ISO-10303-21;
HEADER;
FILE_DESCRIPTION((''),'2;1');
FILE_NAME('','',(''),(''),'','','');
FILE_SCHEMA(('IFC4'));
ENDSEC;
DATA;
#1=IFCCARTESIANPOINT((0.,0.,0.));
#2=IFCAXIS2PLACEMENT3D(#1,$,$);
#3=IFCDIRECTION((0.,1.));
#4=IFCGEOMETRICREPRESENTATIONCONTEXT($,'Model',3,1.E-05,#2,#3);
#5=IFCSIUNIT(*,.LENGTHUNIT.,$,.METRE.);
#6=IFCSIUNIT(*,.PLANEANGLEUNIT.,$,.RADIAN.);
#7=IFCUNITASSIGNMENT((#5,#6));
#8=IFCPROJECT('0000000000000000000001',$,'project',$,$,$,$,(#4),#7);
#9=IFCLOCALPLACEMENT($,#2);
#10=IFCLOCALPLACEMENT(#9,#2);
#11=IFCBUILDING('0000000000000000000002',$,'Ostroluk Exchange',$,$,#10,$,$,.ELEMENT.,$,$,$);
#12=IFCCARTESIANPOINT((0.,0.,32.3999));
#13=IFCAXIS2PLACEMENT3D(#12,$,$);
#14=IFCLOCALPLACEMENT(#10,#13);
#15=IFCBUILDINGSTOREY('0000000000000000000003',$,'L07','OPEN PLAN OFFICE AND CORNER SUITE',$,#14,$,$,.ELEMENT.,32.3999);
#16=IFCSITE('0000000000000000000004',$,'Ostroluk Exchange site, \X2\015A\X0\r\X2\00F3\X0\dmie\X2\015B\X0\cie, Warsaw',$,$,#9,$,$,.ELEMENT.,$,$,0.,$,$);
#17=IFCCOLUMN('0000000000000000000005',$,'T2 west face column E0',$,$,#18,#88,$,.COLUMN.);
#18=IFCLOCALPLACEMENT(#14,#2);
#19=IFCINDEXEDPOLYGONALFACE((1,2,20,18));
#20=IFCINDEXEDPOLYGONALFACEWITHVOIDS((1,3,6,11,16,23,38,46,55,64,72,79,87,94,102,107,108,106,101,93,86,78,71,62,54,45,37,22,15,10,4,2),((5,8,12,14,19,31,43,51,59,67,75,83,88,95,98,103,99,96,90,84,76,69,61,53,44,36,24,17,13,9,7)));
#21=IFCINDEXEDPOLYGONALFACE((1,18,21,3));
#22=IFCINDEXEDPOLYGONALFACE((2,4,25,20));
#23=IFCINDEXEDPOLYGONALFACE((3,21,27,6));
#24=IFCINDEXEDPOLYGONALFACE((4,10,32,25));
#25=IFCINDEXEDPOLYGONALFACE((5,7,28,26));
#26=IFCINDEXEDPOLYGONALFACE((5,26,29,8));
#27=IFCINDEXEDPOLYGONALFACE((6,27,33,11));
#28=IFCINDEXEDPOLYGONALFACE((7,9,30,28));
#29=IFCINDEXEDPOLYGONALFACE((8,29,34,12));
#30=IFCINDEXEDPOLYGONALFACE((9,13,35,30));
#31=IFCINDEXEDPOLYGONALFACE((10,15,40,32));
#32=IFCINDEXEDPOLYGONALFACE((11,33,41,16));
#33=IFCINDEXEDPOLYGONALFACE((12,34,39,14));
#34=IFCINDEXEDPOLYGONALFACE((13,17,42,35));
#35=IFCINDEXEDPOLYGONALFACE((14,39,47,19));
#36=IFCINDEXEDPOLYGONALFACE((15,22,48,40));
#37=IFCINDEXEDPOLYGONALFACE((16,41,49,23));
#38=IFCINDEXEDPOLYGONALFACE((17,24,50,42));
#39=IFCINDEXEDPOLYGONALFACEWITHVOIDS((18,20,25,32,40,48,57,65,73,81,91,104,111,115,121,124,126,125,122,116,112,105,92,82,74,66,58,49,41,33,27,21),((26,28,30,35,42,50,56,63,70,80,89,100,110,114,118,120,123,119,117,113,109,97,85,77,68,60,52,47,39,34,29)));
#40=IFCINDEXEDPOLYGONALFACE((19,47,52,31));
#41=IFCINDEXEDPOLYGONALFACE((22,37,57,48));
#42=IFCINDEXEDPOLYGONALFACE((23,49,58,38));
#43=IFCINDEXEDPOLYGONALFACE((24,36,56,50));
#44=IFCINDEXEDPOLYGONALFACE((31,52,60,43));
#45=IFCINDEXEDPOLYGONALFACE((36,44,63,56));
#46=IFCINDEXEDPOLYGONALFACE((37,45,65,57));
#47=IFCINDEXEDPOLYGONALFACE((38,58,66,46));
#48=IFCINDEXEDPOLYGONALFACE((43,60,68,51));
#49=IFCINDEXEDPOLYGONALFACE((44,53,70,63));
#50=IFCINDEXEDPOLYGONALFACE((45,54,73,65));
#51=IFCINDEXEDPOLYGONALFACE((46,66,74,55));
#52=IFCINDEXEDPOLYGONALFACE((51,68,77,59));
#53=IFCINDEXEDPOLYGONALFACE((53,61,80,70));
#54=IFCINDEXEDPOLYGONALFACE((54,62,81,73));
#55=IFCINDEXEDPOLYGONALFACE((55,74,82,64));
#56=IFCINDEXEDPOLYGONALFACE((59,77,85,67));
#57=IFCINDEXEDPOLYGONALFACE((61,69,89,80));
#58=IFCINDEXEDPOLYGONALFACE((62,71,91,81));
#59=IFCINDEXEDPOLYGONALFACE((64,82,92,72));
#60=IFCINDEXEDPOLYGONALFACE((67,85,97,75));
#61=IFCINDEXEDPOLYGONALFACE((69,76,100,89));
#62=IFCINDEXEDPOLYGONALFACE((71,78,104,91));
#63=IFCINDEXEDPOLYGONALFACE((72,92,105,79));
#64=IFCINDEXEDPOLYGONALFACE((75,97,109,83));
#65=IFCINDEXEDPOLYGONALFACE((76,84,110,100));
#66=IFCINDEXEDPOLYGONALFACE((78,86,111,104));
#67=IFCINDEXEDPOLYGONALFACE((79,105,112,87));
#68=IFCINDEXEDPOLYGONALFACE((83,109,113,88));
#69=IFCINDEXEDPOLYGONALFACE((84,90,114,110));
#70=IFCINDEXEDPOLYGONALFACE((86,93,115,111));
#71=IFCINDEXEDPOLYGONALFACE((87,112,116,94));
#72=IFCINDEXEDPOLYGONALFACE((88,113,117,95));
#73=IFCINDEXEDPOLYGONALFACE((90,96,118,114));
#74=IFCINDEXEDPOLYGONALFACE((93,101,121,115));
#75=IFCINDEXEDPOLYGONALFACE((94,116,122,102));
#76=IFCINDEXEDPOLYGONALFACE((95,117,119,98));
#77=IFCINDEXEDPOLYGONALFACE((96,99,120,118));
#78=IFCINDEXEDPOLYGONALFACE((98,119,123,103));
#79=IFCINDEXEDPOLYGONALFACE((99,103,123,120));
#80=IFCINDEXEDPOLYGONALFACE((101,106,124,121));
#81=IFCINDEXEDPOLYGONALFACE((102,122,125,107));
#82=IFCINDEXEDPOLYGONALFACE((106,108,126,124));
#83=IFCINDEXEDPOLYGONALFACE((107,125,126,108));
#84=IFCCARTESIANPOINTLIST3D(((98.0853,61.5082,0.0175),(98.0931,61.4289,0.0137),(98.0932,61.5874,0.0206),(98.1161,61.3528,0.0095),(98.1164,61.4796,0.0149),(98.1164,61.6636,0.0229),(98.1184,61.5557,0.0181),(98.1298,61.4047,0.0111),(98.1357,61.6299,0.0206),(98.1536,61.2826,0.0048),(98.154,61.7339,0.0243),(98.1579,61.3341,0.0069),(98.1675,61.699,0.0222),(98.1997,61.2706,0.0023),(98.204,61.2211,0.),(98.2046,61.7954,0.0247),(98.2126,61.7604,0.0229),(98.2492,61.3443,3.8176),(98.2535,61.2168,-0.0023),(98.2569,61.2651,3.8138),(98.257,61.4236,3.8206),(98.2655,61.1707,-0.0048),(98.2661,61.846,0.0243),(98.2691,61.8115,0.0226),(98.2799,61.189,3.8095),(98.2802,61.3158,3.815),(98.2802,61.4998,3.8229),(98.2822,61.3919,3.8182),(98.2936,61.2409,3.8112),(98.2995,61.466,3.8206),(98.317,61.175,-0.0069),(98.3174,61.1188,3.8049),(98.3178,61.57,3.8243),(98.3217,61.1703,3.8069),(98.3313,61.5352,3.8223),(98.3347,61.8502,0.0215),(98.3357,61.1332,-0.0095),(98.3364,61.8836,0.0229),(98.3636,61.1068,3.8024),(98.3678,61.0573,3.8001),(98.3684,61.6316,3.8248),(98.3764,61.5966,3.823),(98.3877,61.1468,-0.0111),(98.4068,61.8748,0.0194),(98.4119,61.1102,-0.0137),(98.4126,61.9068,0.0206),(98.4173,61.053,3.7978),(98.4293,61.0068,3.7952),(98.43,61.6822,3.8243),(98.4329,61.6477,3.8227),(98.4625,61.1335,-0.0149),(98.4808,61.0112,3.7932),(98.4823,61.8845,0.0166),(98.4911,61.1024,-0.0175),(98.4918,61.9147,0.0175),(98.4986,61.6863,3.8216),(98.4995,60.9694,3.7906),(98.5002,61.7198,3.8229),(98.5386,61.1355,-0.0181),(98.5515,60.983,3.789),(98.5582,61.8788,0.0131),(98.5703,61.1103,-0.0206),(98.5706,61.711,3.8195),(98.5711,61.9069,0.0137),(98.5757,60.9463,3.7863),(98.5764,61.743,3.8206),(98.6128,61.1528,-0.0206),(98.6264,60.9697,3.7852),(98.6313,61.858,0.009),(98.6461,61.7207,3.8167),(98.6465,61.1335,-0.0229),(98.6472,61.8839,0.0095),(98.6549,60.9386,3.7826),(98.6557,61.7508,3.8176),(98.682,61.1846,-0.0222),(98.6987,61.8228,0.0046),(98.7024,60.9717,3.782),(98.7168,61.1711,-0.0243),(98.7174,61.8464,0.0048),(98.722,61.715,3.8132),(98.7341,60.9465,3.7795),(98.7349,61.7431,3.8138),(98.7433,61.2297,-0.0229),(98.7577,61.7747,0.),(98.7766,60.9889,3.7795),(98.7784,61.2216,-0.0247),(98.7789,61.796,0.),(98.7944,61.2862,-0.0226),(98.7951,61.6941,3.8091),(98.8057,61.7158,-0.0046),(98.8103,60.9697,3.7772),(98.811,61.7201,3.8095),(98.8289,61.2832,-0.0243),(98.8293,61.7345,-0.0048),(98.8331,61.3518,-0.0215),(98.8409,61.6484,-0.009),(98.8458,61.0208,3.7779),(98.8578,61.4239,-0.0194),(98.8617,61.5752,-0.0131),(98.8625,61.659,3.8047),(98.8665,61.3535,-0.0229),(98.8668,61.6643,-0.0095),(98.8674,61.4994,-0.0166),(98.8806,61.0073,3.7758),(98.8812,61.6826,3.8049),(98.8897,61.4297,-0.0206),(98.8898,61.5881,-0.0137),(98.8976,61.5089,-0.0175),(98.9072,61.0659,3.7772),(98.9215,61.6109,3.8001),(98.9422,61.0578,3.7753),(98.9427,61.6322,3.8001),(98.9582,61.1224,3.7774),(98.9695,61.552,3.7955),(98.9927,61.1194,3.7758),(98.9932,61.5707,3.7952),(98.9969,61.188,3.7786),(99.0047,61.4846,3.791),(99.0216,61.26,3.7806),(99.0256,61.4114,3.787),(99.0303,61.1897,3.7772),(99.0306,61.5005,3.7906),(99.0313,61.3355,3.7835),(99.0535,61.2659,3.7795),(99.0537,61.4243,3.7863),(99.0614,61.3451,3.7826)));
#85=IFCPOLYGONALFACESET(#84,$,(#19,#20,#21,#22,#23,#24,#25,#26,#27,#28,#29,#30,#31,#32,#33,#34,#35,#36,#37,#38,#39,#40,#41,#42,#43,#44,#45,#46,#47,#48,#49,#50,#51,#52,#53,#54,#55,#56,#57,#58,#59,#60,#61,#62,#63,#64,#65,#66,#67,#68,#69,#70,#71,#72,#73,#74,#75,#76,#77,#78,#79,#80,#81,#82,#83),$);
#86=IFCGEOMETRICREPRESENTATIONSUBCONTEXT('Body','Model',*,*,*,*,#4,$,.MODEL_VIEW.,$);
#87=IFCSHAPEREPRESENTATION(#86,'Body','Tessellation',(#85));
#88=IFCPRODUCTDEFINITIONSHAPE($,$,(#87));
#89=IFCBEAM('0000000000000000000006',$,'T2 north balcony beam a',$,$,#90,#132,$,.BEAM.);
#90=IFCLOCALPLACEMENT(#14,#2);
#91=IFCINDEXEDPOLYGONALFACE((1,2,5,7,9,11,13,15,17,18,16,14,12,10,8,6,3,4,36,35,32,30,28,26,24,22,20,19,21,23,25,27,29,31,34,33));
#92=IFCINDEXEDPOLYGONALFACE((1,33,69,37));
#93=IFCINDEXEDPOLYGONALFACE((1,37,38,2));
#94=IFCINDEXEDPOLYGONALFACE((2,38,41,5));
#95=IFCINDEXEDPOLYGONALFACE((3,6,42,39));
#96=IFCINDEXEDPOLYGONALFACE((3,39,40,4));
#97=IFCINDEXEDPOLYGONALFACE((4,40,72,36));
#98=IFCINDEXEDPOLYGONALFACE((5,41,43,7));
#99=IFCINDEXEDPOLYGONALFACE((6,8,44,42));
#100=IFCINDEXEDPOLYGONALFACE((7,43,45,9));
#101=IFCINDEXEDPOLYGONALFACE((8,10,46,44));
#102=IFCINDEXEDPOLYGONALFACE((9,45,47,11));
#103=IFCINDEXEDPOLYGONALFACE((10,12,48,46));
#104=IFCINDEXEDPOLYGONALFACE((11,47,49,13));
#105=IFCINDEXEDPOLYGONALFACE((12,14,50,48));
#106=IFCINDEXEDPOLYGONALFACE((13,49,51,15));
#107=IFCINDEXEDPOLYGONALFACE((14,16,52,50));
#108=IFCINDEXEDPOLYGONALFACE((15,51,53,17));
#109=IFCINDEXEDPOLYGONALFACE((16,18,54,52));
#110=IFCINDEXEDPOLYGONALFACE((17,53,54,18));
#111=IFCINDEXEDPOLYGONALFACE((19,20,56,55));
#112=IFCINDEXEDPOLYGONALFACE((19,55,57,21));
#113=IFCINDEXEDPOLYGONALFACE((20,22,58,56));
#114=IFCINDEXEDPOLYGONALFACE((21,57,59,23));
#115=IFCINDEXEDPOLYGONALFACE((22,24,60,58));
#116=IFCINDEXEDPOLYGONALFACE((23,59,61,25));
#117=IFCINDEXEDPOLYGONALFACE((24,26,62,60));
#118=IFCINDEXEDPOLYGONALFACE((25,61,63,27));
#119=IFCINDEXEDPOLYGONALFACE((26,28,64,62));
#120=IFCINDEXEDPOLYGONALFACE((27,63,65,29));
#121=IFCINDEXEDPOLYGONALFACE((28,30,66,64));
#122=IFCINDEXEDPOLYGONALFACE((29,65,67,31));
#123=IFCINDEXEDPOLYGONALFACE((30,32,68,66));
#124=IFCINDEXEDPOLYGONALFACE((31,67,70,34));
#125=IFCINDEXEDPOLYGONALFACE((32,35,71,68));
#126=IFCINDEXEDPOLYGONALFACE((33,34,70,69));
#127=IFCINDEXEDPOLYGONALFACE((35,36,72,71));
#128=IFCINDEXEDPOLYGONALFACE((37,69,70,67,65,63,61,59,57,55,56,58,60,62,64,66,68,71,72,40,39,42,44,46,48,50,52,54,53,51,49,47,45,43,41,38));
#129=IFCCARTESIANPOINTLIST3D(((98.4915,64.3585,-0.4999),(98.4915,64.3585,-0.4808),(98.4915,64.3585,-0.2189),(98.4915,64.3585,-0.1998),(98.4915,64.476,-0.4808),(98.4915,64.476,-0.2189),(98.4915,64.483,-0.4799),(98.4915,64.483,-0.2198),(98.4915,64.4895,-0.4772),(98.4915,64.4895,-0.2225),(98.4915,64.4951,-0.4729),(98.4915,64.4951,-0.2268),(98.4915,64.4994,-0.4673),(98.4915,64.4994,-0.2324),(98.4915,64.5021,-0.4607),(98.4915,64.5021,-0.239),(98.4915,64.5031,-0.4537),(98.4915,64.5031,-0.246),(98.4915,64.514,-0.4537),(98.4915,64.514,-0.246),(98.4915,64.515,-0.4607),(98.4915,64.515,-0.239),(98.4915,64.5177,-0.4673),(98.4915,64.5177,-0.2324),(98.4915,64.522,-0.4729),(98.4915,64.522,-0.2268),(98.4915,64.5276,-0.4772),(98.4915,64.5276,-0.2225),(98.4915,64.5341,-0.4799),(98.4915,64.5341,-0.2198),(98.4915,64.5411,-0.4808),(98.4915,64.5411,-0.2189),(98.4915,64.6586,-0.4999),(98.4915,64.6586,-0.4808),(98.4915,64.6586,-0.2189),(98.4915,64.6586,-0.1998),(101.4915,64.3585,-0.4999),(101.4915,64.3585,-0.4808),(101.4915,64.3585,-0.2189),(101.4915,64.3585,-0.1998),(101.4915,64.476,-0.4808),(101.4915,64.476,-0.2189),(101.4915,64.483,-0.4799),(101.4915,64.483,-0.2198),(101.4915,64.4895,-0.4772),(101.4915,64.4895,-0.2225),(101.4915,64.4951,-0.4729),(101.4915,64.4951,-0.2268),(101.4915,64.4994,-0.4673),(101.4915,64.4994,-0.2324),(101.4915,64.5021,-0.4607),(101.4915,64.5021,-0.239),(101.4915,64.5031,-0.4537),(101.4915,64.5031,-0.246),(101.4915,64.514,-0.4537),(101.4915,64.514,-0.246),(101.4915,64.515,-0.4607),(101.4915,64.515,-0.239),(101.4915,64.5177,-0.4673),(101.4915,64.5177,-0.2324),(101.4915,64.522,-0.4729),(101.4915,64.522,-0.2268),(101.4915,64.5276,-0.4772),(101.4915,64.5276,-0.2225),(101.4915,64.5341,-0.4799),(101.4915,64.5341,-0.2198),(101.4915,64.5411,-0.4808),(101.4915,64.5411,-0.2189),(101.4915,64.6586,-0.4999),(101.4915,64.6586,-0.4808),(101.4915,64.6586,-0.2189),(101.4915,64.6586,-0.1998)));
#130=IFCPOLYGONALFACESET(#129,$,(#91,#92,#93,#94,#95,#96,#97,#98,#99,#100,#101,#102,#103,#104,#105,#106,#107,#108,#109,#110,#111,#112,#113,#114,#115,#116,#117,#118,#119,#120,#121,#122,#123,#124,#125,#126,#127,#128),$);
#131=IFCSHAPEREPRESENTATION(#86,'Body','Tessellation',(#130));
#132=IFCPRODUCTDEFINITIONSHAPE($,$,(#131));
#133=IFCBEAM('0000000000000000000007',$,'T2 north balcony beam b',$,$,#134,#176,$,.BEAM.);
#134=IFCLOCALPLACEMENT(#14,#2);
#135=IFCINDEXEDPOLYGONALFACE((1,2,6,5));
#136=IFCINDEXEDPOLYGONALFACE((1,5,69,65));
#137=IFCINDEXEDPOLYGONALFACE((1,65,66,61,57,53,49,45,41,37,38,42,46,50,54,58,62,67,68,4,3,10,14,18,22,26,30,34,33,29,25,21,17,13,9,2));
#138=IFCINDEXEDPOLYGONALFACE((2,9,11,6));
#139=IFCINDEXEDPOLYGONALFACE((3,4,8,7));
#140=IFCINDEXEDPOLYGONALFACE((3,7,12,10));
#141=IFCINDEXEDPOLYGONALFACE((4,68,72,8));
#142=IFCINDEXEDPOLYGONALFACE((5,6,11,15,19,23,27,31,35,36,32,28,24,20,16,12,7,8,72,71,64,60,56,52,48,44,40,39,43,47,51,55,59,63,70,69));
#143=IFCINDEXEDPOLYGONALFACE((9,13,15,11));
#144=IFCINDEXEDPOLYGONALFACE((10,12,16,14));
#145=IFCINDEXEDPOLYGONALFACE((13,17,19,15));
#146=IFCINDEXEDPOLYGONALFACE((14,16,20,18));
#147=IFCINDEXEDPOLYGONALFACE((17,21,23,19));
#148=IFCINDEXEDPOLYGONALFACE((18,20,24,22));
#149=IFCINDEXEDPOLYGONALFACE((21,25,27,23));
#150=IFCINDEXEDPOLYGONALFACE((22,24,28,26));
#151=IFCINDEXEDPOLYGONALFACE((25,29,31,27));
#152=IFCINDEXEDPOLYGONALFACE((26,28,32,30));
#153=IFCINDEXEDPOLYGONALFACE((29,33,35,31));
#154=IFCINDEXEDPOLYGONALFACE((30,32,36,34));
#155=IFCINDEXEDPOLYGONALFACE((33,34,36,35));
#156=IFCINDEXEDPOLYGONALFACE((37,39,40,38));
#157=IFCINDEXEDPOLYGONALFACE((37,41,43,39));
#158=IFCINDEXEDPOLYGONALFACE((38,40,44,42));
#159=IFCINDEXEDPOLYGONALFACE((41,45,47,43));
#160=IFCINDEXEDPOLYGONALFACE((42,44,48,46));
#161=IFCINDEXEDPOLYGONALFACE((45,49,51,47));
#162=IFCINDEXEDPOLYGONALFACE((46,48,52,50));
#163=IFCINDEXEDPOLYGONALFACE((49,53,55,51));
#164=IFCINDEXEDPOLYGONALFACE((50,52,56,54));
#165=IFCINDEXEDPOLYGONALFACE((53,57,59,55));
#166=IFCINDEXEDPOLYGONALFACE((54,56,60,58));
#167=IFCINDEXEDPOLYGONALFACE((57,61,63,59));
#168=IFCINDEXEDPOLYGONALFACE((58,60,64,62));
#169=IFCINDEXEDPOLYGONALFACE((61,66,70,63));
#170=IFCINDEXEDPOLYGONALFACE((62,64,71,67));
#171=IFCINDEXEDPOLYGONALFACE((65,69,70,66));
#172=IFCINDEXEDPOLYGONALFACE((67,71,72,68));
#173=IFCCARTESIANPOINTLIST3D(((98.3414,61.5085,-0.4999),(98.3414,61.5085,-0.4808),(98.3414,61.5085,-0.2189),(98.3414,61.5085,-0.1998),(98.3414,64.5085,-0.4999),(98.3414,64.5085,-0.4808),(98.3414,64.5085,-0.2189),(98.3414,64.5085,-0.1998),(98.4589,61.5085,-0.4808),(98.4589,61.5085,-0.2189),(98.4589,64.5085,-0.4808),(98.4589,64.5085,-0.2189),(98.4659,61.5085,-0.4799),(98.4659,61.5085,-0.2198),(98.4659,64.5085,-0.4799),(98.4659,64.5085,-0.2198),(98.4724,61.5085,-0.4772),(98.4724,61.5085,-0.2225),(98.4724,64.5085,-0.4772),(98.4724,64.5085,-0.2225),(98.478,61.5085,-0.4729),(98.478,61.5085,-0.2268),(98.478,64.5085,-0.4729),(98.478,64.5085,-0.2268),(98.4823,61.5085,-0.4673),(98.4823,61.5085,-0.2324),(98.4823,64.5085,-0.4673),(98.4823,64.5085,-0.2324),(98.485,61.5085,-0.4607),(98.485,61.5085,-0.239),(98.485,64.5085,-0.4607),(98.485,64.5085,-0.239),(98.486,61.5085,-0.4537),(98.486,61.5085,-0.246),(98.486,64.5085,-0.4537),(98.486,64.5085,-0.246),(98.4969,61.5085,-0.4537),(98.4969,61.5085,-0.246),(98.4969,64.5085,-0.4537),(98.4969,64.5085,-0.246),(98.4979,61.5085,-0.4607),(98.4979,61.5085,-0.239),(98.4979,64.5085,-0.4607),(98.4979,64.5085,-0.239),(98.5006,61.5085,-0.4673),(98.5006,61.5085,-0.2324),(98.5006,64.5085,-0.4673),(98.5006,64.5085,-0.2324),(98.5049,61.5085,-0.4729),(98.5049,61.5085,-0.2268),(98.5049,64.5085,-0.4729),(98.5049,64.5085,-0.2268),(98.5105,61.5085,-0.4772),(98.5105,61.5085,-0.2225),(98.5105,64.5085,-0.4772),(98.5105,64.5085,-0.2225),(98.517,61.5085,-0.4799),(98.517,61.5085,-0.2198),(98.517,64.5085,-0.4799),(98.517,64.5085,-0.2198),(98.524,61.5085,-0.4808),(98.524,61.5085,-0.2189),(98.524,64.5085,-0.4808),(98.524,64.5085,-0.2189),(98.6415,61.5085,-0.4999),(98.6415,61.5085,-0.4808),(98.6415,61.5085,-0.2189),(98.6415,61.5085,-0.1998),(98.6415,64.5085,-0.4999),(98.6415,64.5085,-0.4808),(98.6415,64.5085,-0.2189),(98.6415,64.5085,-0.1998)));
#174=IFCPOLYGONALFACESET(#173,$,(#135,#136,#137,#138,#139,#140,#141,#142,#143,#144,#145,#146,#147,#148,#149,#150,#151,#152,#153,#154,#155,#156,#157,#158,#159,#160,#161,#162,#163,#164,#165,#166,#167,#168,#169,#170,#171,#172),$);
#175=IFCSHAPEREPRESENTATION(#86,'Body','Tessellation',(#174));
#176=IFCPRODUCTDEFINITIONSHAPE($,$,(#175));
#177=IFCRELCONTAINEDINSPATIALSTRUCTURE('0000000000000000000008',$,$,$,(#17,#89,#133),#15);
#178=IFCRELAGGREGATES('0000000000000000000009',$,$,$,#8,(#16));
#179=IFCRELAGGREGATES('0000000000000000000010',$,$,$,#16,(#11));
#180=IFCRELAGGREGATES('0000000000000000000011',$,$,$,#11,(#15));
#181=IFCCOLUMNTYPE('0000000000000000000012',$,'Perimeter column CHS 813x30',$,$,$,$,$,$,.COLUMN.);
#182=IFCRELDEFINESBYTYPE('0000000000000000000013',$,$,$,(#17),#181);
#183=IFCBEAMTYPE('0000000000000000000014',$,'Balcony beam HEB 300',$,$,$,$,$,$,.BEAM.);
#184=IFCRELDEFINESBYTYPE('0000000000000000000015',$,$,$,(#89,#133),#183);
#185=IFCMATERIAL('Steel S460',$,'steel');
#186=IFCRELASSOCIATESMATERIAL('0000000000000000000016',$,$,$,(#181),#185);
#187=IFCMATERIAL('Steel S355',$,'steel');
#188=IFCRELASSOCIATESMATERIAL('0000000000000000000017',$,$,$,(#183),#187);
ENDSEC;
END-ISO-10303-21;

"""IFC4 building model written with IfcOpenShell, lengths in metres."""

from ifc_helpers import new_model, si_unit, direction, frame, origin, origin_2d, place, context, subcontext, project, spatial, hollow_circle, i_section, extrude, material, material_profile, profile_set, type_object, element, save


model = new_model("IFC4")

# Units and contexts
model_context = context("Model", 3, precision=1e-05, world=origin(), true_north=direction((0.0, 1.0)))
body_context = subcontext(model_context, "Body", "Model", "MODEL_VIEW")
ifc_project = project(units=[si_unit("LENGTHUNIT", "METRE"), si_unit("PLANEANGLEUNIT", "RADIAN")], contexts=[model_context])

# Site, building, storey
site_placement = place(None, origin())
site = spatial("IfcSite", under=ifc_project, at=site_placement, Name="Ostroluk Exchange site, Śródmieście, Warsaw", CompositionType="ELEMENT", RefElevation=0.0)
building_placement = place(site_placement, origin())
building = spatial("IfcBuilding", under=site, at=building_placement, Name="Ostroluk Exchange", CompositionType="ELEMENT")
storey_placement = place(building_placement, frame((0.0, 0.0, 32.3999)))
storey = spatial("IfcBuildingStorey", under=building, at=storey_placement, Name="L07", Description="OPEN PLAN OFFICE AND CORNER SUITE", CompositionType="ELEMENT", Elevation=32.3999)

# Column
ifc_material_1 = material(Name="Steel S460", Category="steel")
ifc_material_profile_1 = material_profile(ifc_material_1, hollow_circle(Radius=0.4065, WallThickness=0.03, at=origin_2d()), Name="CHS 813x30")
ifc_profile_set_1 = profile_set([ifc_material_profile_1], Name="Steel S460")
column_type_1 = type_object("IfcColumnType", Name="Perimeter column CHS 813x30", PredefinedType="COLUMN", material=ifc_profile_set_1)
column_1_placement = place(storey_placement, frame((98.4915, 61.5085, 0.0), z_axis=(0.04303, -0.04303, 0.998147), x_axis=(0.707107, 0.707107, 0.0)))
element("IfcColumn", 1, at=column_1_placement, inside=storey, type_object=column_type_1, Name="T2 west face column E0", PredefinedType="COLUMN", context=body_context, shape_type="SweptSolid", body=[
    extrude(hollow_circle(Radius=0.4065, WallThickness=0.03, at=origin_2d()), origin(), (0.0, 0.0, 1.0), 3.8071),
])

# Beams
ifc_material_2 = material(Name="Steel S355", Category="steel")
ifc_material_profile_2 = material_profile(ifc_material_2, i_section(OverallWidth=0.3, OverallDepth=0.3, WebThickness=0.011, FlangeThickness=0.019, FilletRadius=0.0271, at=origin_2d()), Name="HEB 300")
ifc_profile_set_2 = profile_set([ifc_material_profile_2], Name="Steel S355")
beam_type_1 = type_object("IfcBeamType", Name="Balcony beam HEB 300", PredefinedType="BEAM", material=ifc_profile_set_2)
for number, where, z_axis, x_axis, name in (
    (2, (101.4915, 64.5085, -0.3499), (-1.0, 0.0, 0.0), (0.0, -1.0, 0.0), "T2 north balcony beam a"),
    (3, (98.4915, 61.5085, -0.3499), (0.0, 1.0, 0.0), (-1.0, 0.0, 0.0), "T2 north balcony beam b"),
):
    element("IfcBeam", number, at=place(storey_placement, frame(where, z_axis=z_axis, x_axis=x_axis)), inside=storey, type_object=beam_type_1, Name=name, PredefinedType="BEAM", context=body_context, shape_type="SweptSolid", body=[
        extrude(i_section(OverallWidth=0.3, OverallDepth=0.3, WebThickness=0.011, FlangeThickness=0.019, FilletRadius=0.0271, at=origin_2d()), origin(), (0.0, 0.0, 1.0), 3.0),
    ])

save(model, "model.ifc")
